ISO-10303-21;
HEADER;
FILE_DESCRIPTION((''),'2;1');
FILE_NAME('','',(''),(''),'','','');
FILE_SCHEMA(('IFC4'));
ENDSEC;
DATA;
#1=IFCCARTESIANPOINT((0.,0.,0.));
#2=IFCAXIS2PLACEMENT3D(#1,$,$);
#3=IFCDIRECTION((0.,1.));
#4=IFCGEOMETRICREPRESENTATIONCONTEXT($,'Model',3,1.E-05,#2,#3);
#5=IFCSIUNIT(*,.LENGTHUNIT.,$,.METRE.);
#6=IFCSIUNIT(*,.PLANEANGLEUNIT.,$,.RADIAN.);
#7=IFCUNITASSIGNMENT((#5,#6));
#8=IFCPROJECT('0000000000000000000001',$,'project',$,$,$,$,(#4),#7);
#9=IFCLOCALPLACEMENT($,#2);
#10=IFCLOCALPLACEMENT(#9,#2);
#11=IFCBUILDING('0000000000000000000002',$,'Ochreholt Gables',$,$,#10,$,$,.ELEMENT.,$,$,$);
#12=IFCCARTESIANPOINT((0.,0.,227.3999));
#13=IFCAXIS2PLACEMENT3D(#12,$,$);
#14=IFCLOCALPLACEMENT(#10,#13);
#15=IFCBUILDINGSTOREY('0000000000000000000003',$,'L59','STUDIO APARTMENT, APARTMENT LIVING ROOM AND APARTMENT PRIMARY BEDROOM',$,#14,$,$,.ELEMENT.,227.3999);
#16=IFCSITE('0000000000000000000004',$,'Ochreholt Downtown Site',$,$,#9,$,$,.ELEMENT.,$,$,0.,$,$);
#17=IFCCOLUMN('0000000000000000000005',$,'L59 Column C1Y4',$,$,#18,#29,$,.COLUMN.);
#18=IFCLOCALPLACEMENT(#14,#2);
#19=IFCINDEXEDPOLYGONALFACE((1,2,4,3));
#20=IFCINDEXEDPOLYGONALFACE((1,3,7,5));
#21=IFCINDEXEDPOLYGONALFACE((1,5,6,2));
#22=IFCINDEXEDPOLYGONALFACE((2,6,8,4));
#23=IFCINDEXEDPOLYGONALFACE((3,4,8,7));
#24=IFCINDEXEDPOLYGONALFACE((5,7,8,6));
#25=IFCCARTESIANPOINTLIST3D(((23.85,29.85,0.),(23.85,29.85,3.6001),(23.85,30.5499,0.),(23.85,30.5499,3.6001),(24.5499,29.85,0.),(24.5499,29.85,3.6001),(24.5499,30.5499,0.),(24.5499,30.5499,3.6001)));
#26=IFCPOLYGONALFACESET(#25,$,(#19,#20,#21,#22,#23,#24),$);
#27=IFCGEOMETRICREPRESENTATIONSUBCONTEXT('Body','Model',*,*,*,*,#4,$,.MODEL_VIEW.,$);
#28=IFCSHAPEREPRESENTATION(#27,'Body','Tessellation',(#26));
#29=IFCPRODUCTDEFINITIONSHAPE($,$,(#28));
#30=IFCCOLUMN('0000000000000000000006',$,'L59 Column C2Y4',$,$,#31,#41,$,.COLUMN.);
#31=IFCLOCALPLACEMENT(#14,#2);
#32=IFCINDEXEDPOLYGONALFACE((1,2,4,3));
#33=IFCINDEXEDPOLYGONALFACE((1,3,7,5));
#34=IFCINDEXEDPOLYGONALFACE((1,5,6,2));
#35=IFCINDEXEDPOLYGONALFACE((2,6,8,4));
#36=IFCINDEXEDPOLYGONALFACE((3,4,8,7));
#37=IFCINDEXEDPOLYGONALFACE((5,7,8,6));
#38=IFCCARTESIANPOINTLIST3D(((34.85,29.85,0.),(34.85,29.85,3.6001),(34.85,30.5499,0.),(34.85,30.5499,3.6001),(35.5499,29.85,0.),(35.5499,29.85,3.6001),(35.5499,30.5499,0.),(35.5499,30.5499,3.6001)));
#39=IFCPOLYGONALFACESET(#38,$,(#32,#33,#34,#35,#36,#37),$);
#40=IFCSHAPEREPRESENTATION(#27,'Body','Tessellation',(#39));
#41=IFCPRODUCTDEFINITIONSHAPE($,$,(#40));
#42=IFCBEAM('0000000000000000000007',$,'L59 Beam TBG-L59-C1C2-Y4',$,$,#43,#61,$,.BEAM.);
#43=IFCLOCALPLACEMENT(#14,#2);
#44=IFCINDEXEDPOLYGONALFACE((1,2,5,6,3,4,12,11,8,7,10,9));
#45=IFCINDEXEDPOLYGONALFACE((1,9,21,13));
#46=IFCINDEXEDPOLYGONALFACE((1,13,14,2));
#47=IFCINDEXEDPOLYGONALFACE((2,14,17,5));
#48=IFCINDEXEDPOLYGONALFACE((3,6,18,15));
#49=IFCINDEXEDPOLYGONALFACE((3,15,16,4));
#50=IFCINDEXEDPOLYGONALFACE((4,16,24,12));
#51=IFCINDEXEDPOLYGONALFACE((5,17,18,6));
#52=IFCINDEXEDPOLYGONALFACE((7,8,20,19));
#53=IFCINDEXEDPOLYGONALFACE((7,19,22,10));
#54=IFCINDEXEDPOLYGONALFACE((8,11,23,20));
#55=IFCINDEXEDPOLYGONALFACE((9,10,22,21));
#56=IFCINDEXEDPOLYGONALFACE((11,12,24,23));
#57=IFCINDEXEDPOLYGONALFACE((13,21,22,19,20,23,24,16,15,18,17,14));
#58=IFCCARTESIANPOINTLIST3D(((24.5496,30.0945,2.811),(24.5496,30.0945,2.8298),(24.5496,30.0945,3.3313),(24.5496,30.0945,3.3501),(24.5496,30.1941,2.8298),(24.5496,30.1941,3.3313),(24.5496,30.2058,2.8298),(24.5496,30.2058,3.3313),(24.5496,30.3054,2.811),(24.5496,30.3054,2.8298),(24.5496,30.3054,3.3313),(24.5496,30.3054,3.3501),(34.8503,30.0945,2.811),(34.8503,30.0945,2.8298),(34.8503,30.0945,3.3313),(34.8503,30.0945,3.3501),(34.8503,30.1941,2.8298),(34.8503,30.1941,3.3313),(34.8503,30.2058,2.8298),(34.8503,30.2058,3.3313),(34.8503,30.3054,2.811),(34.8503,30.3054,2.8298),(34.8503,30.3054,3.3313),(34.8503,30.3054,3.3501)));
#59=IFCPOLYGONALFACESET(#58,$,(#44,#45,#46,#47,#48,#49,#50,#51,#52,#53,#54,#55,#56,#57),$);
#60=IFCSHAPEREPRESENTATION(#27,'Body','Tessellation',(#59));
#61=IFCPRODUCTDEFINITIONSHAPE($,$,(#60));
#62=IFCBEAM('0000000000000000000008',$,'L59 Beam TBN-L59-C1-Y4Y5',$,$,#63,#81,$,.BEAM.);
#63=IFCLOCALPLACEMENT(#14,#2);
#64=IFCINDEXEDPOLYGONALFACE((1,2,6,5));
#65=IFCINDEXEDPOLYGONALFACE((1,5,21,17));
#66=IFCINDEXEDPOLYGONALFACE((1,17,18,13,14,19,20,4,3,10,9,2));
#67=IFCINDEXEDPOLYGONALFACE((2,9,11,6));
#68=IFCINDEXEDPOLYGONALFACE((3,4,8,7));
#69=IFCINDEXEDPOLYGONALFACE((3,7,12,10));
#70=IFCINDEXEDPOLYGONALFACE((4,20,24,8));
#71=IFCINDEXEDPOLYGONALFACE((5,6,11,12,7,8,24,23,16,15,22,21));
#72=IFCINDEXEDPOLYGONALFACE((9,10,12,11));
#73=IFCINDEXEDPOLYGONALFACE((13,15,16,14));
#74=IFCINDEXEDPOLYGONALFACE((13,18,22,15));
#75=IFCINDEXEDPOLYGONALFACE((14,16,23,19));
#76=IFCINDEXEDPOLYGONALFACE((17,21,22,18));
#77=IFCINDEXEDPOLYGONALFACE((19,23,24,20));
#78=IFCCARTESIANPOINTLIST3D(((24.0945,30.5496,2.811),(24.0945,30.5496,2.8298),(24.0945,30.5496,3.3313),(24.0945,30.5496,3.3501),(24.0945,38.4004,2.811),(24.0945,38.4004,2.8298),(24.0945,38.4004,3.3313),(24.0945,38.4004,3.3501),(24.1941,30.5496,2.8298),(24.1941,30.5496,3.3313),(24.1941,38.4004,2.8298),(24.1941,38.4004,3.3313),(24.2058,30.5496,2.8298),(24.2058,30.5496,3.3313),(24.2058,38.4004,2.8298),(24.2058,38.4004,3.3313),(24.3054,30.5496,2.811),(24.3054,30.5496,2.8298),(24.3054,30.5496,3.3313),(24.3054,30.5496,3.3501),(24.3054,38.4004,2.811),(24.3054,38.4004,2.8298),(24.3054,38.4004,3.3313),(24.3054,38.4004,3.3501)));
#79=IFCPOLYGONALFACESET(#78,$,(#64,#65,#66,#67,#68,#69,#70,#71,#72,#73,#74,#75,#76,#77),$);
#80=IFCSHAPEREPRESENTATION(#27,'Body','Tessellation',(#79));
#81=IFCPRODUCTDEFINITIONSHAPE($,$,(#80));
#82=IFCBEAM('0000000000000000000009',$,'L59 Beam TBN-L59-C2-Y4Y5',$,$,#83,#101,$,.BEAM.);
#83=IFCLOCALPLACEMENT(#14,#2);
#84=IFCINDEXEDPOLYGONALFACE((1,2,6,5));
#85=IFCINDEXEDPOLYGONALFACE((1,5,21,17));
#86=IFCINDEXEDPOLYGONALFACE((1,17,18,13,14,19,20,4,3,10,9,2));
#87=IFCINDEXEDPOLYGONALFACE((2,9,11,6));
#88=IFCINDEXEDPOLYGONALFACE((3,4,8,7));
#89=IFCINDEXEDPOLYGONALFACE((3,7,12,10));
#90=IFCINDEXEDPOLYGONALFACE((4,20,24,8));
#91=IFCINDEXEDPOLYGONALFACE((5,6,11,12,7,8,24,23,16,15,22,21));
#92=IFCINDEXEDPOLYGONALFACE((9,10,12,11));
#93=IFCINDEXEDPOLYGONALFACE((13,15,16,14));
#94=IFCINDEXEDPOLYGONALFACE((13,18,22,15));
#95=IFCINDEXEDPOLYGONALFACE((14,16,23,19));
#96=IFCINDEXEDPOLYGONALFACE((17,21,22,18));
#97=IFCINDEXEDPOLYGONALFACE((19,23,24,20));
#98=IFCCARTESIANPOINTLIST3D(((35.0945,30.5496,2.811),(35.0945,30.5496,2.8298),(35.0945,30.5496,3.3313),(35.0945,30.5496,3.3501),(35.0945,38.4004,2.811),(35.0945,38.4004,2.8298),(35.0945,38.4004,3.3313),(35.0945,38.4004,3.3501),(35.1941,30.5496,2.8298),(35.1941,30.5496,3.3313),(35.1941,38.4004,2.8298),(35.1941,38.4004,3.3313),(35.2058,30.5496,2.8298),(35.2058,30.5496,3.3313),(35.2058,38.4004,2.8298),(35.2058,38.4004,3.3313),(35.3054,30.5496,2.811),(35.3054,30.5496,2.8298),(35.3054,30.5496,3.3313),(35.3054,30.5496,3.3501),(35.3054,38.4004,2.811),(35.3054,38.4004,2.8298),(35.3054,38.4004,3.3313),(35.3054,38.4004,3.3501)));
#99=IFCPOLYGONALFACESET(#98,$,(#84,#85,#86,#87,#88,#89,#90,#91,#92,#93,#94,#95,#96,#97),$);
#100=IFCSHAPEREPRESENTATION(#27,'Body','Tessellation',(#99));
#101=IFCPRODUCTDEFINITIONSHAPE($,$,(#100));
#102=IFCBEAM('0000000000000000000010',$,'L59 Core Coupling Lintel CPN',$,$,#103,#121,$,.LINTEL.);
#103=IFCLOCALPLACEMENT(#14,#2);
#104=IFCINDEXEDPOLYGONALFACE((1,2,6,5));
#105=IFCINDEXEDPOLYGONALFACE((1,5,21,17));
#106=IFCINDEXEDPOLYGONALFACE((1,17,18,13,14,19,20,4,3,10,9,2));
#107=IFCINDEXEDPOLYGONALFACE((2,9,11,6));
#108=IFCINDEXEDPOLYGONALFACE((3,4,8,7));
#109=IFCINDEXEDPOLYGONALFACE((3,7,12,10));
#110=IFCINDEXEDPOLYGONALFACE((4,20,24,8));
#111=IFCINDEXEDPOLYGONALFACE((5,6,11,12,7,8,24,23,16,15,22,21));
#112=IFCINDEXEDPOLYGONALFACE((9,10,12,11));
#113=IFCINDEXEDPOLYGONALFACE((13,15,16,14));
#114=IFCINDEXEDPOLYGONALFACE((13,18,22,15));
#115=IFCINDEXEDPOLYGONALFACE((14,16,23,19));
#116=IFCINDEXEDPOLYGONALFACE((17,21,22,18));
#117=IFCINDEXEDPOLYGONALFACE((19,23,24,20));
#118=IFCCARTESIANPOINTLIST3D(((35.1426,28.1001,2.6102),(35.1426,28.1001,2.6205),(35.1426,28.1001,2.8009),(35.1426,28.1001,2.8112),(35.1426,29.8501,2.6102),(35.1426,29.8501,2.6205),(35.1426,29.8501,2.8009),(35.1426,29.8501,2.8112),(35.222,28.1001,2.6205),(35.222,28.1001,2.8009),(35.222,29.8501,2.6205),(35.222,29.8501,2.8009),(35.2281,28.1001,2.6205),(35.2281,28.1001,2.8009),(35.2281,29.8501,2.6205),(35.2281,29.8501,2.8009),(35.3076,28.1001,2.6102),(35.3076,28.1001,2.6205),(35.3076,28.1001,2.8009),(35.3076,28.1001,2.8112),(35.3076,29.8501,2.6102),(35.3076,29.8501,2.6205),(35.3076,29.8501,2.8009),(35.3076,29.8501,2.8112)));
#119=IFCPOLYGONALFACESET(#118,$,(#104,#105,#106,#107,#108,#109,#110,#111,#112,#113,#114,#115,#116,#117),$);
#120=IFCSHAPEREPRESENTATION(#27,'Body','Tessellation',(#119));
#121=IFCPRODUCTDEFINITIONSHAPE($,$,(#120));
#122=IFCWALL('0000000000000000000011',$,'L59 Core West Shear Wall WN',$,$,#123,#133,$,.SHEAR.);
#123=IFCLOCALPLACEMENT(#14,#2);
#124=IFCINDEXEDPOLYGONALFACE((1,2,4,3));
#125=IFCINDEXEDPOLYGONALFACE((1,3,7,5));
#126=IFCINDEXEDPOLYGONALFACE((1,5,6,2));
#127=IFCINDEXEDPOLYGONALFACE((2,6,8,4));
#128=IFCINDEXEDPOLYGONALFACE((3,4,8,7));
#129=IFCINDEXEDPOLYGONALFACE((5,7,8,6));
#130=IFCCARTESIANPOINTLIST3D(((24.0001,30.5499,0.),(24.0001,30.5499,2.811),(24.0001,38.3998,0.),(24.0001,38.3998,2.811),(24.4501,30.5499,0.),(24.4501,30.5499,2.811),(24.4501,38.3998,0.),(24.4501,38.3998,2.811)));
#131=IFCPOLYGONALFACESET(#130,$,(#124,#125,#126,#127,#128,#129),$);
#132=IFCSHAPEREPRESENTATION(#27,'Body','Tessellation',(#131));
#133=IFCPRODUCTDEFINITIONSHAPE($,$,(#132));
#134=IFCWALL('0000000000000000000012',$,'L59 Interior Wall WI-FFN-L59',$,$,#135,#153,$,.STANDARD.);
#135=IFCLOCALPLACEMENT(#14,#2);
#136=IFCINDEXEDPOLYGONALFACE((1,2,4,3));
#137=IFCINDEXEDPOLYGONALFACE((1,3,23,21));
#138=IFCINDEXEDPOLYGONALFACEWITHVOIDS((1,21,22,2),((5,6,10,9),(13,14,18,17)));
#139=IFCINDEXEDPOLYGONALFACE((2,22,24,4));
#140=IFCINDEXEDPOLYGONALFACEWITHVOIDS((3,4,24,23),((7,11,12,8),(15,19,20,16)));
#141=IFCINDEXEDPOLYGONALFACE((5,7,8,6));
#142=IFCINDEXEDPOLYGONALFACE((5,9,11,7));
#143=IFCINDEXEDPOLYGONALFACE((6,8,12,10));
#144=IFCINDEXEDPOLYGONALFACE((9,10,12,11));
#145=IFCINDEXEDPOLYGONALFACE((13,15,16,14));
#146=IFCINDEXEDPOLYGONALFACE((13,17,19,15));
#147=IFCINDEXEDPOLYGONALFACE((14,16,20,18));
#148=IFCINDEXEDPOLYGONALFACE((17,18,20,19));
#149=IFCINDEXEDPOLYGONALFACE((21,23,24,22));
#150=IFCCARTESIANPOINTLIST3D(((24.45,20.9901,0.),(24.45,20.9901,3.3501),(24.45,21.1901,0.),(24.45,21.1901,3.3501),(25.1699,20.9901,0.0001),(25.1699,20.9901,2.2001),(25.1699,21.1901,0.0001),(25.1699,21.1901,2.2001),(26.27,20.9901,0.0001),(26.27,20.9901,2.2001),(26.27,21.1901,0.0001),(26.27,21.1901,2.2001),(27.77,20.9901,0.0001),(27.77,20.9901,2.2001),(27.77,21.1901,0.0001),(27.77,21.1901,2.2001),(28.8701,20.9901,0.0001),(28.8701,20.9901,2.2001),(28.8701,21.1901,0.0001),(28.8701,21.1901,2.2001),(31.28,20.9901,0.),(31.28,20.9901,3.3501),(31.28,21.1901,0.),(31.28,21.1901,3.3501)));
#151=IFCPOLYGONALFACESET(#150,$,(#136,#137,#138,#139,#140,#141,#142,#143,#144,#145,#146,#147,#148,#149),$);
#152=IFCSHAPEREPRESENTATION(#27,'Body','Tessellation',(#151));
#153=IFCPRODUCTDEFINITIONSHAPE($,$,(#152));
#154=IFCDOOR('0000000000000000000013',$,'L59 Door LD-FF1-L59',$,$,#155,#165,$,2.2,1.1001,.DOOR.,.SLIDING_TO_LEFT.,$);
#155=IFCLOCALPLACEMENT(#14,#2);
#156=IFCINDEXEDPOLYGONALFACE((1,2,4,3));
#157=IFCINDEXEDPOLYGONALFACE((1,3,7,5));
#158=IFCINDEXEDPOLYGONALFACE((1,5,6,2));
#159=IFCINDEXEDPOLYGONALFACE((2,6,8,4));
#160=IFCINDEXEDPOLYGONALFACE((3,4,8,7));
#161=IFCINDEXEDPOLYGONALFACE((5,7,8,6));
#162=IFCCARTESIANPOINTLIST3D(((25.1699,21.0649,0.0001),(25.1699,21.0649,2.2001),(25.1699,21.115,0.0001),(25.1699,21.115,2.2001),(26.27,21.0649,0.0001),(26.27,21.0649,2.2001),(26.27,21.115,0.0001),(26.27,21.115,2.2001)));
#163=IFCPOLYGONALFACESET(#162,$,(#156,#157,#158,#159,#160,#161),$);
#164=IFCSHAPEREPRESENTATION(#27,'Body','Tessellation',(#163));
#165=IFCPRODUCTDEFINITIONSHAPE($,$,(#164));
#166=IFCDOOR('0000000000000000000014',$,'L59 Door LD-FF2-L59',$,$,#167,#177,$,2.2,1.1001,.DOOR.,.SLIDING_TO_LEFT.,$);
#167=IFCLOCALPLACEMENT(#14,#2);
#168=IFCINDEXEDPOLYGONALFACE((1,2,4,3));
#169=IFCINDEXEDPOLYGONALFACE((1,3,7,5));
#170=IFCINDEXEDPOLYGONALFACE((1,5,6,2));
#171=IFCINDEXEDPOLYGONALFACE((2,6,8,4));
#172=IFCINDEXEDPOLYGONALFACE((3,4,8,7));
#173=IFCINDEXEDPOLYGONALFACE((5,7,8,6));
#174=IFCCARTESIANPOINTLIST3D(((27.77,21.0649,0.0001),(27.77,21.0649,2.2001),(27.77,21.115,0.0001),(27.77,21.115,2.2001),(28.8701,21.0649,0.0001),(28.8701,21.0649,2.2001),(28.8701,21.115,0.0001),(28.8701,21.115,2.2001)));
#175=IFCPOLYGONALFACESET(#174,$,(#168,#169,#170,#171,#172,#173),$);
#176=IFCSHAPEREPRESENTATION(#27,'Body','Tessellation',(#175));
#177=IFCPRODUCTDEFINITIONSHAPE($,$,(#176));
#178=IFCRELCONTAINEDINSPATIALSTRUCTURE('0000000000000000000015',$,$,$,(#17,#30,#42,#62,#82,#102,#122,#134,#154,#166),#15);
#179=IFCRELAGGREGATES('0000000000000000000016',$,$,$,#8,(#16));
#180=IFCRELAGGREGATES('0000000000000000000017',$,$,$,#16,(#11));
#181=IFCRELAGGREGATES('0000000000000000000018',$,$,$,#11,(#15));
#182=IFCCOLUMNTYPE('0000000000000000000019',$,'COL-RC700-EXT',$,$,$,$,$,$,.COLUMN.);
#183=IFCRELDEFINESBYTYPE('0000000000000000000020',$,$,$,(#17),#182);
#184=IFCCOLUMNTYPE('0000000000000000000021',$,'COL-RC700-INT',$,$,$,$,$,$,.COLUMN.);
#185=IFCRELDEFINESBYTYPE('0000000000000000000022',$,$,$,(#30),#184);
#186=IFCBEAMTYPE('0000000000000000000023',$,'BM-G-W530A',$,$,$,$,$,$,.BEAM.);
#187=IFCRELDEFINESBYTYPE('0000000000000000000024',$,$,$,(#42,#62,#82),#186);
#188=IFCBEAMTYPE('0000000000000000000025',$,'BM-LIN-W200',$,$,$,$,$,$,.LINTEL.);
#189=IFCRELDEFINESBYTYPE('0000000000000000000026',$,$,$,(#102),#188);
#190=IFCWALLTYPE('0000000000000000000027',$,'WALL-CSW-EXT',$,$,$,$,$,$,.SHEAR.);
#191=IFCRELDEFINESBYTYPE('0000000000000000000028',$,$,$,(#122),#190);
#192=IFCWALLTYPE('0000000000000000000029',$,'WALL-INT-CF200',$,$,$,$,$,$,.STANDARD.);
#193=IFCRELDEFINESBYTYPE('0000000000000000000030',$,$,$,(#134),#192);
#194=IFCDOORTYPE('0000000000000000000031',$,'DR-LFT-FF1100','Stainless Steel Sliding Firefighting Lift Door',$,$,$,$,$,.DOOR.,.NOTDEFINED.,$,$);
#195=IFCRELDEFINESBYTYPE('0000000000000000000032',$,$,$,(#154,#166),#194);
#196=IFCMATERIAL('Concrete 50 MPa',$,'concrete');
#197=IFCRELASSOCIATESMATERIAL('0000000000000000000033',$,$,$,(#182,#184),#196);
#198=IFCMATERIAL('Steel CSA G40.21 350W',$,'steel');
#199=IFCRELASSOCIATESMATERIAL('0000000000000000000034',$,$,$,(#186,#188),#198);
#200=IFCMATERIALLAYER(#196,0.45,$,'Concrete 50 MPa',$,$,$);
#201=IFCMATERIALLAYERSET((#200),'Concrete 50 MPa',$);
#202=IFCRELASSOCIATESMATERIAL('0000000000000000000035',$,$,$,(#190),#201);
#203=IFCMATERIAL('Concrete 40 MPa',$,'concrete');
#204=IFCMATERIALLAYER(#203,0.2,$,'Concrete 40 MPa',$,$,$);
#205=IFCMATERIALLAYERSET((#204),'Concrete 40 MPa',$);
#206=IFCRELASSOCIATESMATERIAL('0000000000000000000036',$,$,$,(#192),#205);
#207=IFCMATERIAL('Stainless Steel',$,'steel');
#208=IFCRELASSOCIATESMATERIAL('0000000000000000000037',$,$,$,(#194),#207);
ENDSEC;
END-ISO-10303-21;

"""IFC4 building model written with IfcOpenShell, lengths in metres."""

from ifc_helpers import new_model, si_unit, direction, frame, frame_2d, origin, origin_2d, place, context, subcontext, project, spatial, rectangle, i_section, extrude, material, layer, layer_set, material_profile, profile_set, type_object, element, fill, save


model = new_model("IFC4")

# Units and contexts
model_context = context("Model", 3, precision=1e-05, world=origin(), true_north=direction((0.0, 1.0)))
body_context = subcontext(model_context, "Body", "Model", "MODEL_VIEW")
ifc_project = project(units=[si_unit("LENGTHUNIT", "METRE"), si_unit("PLANEANGLEUNIT", "RADIAN")], contexts=[model_context])

# Site, building, storey
site_placement = place(None, origin())
site = spatial("IfcSite", under=ifc_project, at=site_placement, Name="Ochreholt Downtown Site", CompositionType="ELEMENT", RefElevation=0.0)
building_placement = place(site_placement, origin())
building = spatial("IfcBuilding", under=site, at=building_placement, Name="Ochreholt Gables", CompositionType="ELEMENT")
storey_placement = place(building_placement, frame((0.0, 0.0, 227.3999)))
storey = spatial("IfcBuildingStorey", under=building, at=storey_placement, Name="L59", Description="STUDIO APARTMENT, APARTMENT LIVING ROOM AND APARTMENT PRIMARY BEDROOM", CompositionType="ELEMENT", Elevation=227.3999)

# Columns
ifc_material_1 = material(Name="Concrete 50 MPa", Category="concrete")
ifc_material_profile_1 = material_profile(ifc_material_1, rectangle(XDim=0.7, YDim=0.7, at=origin_2d()), Name="RC700X700")
ifc_profile_set_1 = profile_set([ifc_material_profile_1], Name="Concrete 50 MPa")
column_type_1 = type_object("IfcColumnType", Name="COL-RC700-EXT", PredefinedType="COLUMN", material=ifc_profile_set_1)
column_1_placement = place(storey_placement, frame((24.2, 30.2, 0.0), z_axis=(0.0, 0.0, 1.0), x_axis=(1.0, 0.0, 0.0)))
element("IfcColumn", 1, at=column_1_placement, inside=storey, type_object=column_type_1, Name="L59 Column C1Y4", PredefinedType="COLUMN", context=body_context, shape_type="SweptSolid", body=[
    extrude(rectangle(XDim=0.7, YDim=0.7, at=origin_2d()), origin(), (0.0, 0.0, 1.0), 3.6001),
])
ifc_material_profile_2 = material_profile(ifc_material_1, rectangle(XDim=0.7, YDim=0.7, at=origin_2d()), Name="RC700X700")
ifc_profile_set_2 = profile_set([ifc_material_profile_2], Name="Concrete 50 MPa")
column_type_2 = type_object("IfcColumnType", Name="COL-RC700-INT", PredefinedType="COLUMN", material=ifc_profile_set_2)
column_2_placement = place(storey_placement, frame((35.2, 30.2, 0.0), z_axis=(0.0, 0.0, 1.0), x_axis=(1.0, 0.0, 0.0)))
element("IfcColumn", 2, at=column_2_placement, inside=storey, type_object=column_type_2, Name="L59 Column C2Y4", PredefinedType="COLUMN", context=body_context, shape_type="SweptSolid", body=[
    extrude(rectangle(XDim=0.7, YDim=0.7, at=origin_2d()), origin(), (0.0, 0.0, 1.0), 3.6001),
])

# Beams
ifc_material_2 = material(Name="Steel CSA G40.21 350W", Category="steel")
ifc_material_profile_3 = material_profile(ifc_material_2, i_section(OverallWidth=0.2109, OverallDepth=0.5391, WebThickness=0.0117, FlangeThickness=0.0188, at=origin_2d()), Name="W530X109")
ifc_profile_set_3 = profile_set([ifc_material_profile_3], Name="Steel CSA G40.21 350W")
beam_type_1 = type_object("IfcBeamType", Name="BM-G-W530A", PredefinedType="BEAM", material=ifc_profile_set_3)
beam_1_placement = place(storey_placement, frame((24.5496, 30.2, 3.0806), z_axis=(1.0, 0.0, 0.0), x_axis=(0.0, 1.0, 0.0)))
element("IfcBeam", 3, at=beam_1_placement, inside=storey, type_object=beam_type_1, Name="L59 Beam TBG-L59-C1C2-Y4", PredefinedType="BEAM", context=body_context, shape_type="SweptSolid", body=[
    extrude(i_section(OverallWidth=0.2109, OverallDepth=0.5391, WebThickness=0.0117, FlangeThickness=0.0188, at=origin_2d()), origin(), (0.0, 0.0, 1.0), 10.3008),
])
for number, where, z_axis, x_axis, name in (
    (4, (24.2, 30.5496, 3.0806), (0.0, 1.0, 0.0), (-1.0, 0.0, 0.0), "L59 Beam TBN-L59-C1-Y4Y5"),
    (5, (35.2, 30.5496, 3.0806), (0.0, 1.0, 0.0), (-1.0, 0.0, 0.0), "L59 Beam TBN-L59-C2-Y4Y5"),
):
    element("IfcBeam", number, at=place(storey_placement, frame(where, z_axis=z_axis, x_axis=x_axis)), inside=storey, type_object=beam_type_1, Name=name, PredefinedType="BEAM", context=body_context, shape_type="SweptSolid", body=[
        extrude(i_section(OverallWidth=0.2109, OverallDepth=0.5391, WebThickness=0.0117, FlangeThickness=0.0188, at=origin_2d()), origin(), (0.0, 0.0, 1.0), 7.8508),
    ])
ifc_material_profile_4 = material_profile(ifc_material_2, i_section(OverallWidth=0.165, OverallDepth=0.2009, WebThickness=0.0061, FlangeThickness=0.0103, at=origin_2d()), Name="W200X36")
ifc_profile_set_4 = profile_set([ifc_material_profile_4], Name="Steel CSA G40.21 350W")
beam_type_2 = type_object("IfcBeamType", Name="BM-LIN-W200", PredefinedType="LINTEL", material=ifc_profile_set_4)
beam_2_placement = place(storey_placement, frame((35.2251, 28.1001, 2.7107), z_axis=(0.0, 1.0, 0.0), x_axis=(-1.0, 0.0, 0.0)))
element("IfcBeam", 6, at=beam_2_placement, inside=storey, type_object=beam_type_2, Name="L59 Core Coupling Lintel CPN", PredefinedType="LINTEL", context=body_context, shape_type="SweptSolid", body=[
    extrude(i_section(OverallWidth=0.165, OverallDepth=0.2009, WebThickness=0.0061, FlangeThickness=0.0103, at=origin_2d()), origin(), (0.0, 0.0, 1.0), 1.75),
])

# Wall
ifc_layer_1 = layer(ifc_material_1, 0.45, Name="Concrete 50 MPa")
ifc_layer_set_1 = layer_set([ifc_layer_1], Name="Concrete 50 MPa")
wall_type_1 = type_object("IfcWallType", Name="WALL-CSW-EXT", PredefinedType="SHEAR", material=ifc_layer_set_1)
wall_1_placement = place(storey_placement, frame((24.2251, 30.55, 0.0), z_axis=(0.0, 0.0, 1.0), x_axis=(0.0, 1.0, 0.0)))
element("IfcWall", 7, at=wall_1_placement, inside=storey, type_object=wall_type_1, Name="L59 Core West Shear Wall WN", PredefinedType="SHEAR", context=body_context, shape_type="SweptSolid", body=[
    extrude(rectangle(XDim=7.8499, YDim=0.45, at=frame_2d((3.9248, 0.0))), origin(), (0.0, 0.0, 1.0), 2.811),
])

# Wall, openings, doors
ifc_material_3 = material(Name="Concrete 40 MPa", Category="concrete")
ifc_layer_2 = layer(ifc_material_3, 0.2, Name="Concrete 40 MPa")
ifc_layer_set_2 = layer_set([ifc_layer_2], Name="Concrete 40 MPa")
wall_type_2 = type_object("IfcWallType", Name="WALL-INT-CF200", PredefinedType="STANDARD", material=ifc_layer_set_2)
wall_2_placement = place(storey_placement, frame((24.45, 21.0901, 0.0), z_axis=(0.0, 0.0, 1.0), x_axis=(1.0, 0.0, 0.0)))
wall_2 = element("IfcWall", 8, at=wall_2_placement, inside=storey, type_object=wall_type_2, Name="L59 Interior Wall WI-FFN-L59", PredefinedType="STANDARD", context=body_context, shape_type="SweptSolid", body=[
    extrude(rectangle(XDim=6.8301, YDim=0.2, at=frame_2d((3.415, 0.0))), origin(), (0.0, 0.0, 1.0), 3.3501),
])
opening_1_placement = place(wall_2_placement, frame((0.72, 0.0, 0.0)))
opening_1 = element("IfcOpeningElement", 9, at=opening_1_placement, cuts=wall_2, PredefinedType="OPENING", context=body_context, shape_type="SweptSolid", body=[
    extrude(rectangle(XDim=1.1001, YDim=2.2, at=frame_2d((0.55, 1.1001))), frame((0.0, 0.1099, 0.0), z_axis=(0.0, -1.0, 0.0), x_axis=(1.0, 0.0, 0.0)), (0.0, 0.0, 1.0), 0.22),
])
opening_2_placement = place(wall_2_placement, frame((3.3201, 0.0, 0.0)))
opening_2 = element("IfcOpeningElement", 10, at=opening_2_placement, cuts=wall_2, PredefinedType="OPENING", context=body_context, shape_type="SweptSolid", body=[
    extrude(rectangle(XDim=1.1001, YDim=2.2, at=frame_2d((0.55, 1.1001))), frame((0.0, 0.1099, 0.0), z_axis=(0.0, -1.0, 0.0), x_axis=(1.0, 0.0, 0.0)), (0.0, 0.0, 1.0), 0.22),
])
ifc_material_4 = material(Name="Stainless Steel", Category="steel")
door_type_1 = type_object("IfcDoorType", Name="DR-LFT-FF1100", Description="Stainless Steel Sliding Firefighting Lift Door", OperationType="NOTDEFINED", PredefinedType="DOOR", material=ifc_material_4)
door_1_placement = place(opening_1_placement, origin())
door_1 = element("IfcDoor", 11, at=door_1_placement, inside=storey, type_object=door_type_1, Name="L59 Door LD-FF1-L59", OperationType="SLIDING_TO_LEFT", OverallHeight=2.2, OverallWidth=1.1001, PredefinedType="DOOR", context=body_context, shape_type="SweptSolid", body=[
    extrude(rectangle(XDim=1.1001, YDim=2.2, at=frame_2d((0.55, 1.1001))), frame((0.0, 0.0249, 0.0), z_axis=(0.0, -1.0, 0.0), x_axis=(1.0, 0.0, 0.0)), (0.0, 0.0, 1.0), 0.05),
])
fill(opening_1, door_1)
door_2_placement = place(opening_2_placement, origin())
door_2 = element("IfcDoor", 12, at=door_2_placement, inside=storey, type_object=door_type_1, Name="L59 Door LD-FF2-L59", OperationType="SLIDING_TO_LEFT", OverallHeight=2.2, OverallWidth=1.1001, PredefinedType="DOOR", context=body_context, shape_type="SweptSolid", body=[
    extrude(rectangle(XDim=1.1001, YDim=2.2, at=frame_2d((0.55, 1.1001))), frame((0.0, 0.0249, 0.0), z_axis=(0.0, -1.0, 0.0), x_axis=(1.0, 0.0, 0.0)), (0.0, 0.0, 1.0), 0.05),
])
fill(opening_2, door_2)

save(model, "model.ifc")
